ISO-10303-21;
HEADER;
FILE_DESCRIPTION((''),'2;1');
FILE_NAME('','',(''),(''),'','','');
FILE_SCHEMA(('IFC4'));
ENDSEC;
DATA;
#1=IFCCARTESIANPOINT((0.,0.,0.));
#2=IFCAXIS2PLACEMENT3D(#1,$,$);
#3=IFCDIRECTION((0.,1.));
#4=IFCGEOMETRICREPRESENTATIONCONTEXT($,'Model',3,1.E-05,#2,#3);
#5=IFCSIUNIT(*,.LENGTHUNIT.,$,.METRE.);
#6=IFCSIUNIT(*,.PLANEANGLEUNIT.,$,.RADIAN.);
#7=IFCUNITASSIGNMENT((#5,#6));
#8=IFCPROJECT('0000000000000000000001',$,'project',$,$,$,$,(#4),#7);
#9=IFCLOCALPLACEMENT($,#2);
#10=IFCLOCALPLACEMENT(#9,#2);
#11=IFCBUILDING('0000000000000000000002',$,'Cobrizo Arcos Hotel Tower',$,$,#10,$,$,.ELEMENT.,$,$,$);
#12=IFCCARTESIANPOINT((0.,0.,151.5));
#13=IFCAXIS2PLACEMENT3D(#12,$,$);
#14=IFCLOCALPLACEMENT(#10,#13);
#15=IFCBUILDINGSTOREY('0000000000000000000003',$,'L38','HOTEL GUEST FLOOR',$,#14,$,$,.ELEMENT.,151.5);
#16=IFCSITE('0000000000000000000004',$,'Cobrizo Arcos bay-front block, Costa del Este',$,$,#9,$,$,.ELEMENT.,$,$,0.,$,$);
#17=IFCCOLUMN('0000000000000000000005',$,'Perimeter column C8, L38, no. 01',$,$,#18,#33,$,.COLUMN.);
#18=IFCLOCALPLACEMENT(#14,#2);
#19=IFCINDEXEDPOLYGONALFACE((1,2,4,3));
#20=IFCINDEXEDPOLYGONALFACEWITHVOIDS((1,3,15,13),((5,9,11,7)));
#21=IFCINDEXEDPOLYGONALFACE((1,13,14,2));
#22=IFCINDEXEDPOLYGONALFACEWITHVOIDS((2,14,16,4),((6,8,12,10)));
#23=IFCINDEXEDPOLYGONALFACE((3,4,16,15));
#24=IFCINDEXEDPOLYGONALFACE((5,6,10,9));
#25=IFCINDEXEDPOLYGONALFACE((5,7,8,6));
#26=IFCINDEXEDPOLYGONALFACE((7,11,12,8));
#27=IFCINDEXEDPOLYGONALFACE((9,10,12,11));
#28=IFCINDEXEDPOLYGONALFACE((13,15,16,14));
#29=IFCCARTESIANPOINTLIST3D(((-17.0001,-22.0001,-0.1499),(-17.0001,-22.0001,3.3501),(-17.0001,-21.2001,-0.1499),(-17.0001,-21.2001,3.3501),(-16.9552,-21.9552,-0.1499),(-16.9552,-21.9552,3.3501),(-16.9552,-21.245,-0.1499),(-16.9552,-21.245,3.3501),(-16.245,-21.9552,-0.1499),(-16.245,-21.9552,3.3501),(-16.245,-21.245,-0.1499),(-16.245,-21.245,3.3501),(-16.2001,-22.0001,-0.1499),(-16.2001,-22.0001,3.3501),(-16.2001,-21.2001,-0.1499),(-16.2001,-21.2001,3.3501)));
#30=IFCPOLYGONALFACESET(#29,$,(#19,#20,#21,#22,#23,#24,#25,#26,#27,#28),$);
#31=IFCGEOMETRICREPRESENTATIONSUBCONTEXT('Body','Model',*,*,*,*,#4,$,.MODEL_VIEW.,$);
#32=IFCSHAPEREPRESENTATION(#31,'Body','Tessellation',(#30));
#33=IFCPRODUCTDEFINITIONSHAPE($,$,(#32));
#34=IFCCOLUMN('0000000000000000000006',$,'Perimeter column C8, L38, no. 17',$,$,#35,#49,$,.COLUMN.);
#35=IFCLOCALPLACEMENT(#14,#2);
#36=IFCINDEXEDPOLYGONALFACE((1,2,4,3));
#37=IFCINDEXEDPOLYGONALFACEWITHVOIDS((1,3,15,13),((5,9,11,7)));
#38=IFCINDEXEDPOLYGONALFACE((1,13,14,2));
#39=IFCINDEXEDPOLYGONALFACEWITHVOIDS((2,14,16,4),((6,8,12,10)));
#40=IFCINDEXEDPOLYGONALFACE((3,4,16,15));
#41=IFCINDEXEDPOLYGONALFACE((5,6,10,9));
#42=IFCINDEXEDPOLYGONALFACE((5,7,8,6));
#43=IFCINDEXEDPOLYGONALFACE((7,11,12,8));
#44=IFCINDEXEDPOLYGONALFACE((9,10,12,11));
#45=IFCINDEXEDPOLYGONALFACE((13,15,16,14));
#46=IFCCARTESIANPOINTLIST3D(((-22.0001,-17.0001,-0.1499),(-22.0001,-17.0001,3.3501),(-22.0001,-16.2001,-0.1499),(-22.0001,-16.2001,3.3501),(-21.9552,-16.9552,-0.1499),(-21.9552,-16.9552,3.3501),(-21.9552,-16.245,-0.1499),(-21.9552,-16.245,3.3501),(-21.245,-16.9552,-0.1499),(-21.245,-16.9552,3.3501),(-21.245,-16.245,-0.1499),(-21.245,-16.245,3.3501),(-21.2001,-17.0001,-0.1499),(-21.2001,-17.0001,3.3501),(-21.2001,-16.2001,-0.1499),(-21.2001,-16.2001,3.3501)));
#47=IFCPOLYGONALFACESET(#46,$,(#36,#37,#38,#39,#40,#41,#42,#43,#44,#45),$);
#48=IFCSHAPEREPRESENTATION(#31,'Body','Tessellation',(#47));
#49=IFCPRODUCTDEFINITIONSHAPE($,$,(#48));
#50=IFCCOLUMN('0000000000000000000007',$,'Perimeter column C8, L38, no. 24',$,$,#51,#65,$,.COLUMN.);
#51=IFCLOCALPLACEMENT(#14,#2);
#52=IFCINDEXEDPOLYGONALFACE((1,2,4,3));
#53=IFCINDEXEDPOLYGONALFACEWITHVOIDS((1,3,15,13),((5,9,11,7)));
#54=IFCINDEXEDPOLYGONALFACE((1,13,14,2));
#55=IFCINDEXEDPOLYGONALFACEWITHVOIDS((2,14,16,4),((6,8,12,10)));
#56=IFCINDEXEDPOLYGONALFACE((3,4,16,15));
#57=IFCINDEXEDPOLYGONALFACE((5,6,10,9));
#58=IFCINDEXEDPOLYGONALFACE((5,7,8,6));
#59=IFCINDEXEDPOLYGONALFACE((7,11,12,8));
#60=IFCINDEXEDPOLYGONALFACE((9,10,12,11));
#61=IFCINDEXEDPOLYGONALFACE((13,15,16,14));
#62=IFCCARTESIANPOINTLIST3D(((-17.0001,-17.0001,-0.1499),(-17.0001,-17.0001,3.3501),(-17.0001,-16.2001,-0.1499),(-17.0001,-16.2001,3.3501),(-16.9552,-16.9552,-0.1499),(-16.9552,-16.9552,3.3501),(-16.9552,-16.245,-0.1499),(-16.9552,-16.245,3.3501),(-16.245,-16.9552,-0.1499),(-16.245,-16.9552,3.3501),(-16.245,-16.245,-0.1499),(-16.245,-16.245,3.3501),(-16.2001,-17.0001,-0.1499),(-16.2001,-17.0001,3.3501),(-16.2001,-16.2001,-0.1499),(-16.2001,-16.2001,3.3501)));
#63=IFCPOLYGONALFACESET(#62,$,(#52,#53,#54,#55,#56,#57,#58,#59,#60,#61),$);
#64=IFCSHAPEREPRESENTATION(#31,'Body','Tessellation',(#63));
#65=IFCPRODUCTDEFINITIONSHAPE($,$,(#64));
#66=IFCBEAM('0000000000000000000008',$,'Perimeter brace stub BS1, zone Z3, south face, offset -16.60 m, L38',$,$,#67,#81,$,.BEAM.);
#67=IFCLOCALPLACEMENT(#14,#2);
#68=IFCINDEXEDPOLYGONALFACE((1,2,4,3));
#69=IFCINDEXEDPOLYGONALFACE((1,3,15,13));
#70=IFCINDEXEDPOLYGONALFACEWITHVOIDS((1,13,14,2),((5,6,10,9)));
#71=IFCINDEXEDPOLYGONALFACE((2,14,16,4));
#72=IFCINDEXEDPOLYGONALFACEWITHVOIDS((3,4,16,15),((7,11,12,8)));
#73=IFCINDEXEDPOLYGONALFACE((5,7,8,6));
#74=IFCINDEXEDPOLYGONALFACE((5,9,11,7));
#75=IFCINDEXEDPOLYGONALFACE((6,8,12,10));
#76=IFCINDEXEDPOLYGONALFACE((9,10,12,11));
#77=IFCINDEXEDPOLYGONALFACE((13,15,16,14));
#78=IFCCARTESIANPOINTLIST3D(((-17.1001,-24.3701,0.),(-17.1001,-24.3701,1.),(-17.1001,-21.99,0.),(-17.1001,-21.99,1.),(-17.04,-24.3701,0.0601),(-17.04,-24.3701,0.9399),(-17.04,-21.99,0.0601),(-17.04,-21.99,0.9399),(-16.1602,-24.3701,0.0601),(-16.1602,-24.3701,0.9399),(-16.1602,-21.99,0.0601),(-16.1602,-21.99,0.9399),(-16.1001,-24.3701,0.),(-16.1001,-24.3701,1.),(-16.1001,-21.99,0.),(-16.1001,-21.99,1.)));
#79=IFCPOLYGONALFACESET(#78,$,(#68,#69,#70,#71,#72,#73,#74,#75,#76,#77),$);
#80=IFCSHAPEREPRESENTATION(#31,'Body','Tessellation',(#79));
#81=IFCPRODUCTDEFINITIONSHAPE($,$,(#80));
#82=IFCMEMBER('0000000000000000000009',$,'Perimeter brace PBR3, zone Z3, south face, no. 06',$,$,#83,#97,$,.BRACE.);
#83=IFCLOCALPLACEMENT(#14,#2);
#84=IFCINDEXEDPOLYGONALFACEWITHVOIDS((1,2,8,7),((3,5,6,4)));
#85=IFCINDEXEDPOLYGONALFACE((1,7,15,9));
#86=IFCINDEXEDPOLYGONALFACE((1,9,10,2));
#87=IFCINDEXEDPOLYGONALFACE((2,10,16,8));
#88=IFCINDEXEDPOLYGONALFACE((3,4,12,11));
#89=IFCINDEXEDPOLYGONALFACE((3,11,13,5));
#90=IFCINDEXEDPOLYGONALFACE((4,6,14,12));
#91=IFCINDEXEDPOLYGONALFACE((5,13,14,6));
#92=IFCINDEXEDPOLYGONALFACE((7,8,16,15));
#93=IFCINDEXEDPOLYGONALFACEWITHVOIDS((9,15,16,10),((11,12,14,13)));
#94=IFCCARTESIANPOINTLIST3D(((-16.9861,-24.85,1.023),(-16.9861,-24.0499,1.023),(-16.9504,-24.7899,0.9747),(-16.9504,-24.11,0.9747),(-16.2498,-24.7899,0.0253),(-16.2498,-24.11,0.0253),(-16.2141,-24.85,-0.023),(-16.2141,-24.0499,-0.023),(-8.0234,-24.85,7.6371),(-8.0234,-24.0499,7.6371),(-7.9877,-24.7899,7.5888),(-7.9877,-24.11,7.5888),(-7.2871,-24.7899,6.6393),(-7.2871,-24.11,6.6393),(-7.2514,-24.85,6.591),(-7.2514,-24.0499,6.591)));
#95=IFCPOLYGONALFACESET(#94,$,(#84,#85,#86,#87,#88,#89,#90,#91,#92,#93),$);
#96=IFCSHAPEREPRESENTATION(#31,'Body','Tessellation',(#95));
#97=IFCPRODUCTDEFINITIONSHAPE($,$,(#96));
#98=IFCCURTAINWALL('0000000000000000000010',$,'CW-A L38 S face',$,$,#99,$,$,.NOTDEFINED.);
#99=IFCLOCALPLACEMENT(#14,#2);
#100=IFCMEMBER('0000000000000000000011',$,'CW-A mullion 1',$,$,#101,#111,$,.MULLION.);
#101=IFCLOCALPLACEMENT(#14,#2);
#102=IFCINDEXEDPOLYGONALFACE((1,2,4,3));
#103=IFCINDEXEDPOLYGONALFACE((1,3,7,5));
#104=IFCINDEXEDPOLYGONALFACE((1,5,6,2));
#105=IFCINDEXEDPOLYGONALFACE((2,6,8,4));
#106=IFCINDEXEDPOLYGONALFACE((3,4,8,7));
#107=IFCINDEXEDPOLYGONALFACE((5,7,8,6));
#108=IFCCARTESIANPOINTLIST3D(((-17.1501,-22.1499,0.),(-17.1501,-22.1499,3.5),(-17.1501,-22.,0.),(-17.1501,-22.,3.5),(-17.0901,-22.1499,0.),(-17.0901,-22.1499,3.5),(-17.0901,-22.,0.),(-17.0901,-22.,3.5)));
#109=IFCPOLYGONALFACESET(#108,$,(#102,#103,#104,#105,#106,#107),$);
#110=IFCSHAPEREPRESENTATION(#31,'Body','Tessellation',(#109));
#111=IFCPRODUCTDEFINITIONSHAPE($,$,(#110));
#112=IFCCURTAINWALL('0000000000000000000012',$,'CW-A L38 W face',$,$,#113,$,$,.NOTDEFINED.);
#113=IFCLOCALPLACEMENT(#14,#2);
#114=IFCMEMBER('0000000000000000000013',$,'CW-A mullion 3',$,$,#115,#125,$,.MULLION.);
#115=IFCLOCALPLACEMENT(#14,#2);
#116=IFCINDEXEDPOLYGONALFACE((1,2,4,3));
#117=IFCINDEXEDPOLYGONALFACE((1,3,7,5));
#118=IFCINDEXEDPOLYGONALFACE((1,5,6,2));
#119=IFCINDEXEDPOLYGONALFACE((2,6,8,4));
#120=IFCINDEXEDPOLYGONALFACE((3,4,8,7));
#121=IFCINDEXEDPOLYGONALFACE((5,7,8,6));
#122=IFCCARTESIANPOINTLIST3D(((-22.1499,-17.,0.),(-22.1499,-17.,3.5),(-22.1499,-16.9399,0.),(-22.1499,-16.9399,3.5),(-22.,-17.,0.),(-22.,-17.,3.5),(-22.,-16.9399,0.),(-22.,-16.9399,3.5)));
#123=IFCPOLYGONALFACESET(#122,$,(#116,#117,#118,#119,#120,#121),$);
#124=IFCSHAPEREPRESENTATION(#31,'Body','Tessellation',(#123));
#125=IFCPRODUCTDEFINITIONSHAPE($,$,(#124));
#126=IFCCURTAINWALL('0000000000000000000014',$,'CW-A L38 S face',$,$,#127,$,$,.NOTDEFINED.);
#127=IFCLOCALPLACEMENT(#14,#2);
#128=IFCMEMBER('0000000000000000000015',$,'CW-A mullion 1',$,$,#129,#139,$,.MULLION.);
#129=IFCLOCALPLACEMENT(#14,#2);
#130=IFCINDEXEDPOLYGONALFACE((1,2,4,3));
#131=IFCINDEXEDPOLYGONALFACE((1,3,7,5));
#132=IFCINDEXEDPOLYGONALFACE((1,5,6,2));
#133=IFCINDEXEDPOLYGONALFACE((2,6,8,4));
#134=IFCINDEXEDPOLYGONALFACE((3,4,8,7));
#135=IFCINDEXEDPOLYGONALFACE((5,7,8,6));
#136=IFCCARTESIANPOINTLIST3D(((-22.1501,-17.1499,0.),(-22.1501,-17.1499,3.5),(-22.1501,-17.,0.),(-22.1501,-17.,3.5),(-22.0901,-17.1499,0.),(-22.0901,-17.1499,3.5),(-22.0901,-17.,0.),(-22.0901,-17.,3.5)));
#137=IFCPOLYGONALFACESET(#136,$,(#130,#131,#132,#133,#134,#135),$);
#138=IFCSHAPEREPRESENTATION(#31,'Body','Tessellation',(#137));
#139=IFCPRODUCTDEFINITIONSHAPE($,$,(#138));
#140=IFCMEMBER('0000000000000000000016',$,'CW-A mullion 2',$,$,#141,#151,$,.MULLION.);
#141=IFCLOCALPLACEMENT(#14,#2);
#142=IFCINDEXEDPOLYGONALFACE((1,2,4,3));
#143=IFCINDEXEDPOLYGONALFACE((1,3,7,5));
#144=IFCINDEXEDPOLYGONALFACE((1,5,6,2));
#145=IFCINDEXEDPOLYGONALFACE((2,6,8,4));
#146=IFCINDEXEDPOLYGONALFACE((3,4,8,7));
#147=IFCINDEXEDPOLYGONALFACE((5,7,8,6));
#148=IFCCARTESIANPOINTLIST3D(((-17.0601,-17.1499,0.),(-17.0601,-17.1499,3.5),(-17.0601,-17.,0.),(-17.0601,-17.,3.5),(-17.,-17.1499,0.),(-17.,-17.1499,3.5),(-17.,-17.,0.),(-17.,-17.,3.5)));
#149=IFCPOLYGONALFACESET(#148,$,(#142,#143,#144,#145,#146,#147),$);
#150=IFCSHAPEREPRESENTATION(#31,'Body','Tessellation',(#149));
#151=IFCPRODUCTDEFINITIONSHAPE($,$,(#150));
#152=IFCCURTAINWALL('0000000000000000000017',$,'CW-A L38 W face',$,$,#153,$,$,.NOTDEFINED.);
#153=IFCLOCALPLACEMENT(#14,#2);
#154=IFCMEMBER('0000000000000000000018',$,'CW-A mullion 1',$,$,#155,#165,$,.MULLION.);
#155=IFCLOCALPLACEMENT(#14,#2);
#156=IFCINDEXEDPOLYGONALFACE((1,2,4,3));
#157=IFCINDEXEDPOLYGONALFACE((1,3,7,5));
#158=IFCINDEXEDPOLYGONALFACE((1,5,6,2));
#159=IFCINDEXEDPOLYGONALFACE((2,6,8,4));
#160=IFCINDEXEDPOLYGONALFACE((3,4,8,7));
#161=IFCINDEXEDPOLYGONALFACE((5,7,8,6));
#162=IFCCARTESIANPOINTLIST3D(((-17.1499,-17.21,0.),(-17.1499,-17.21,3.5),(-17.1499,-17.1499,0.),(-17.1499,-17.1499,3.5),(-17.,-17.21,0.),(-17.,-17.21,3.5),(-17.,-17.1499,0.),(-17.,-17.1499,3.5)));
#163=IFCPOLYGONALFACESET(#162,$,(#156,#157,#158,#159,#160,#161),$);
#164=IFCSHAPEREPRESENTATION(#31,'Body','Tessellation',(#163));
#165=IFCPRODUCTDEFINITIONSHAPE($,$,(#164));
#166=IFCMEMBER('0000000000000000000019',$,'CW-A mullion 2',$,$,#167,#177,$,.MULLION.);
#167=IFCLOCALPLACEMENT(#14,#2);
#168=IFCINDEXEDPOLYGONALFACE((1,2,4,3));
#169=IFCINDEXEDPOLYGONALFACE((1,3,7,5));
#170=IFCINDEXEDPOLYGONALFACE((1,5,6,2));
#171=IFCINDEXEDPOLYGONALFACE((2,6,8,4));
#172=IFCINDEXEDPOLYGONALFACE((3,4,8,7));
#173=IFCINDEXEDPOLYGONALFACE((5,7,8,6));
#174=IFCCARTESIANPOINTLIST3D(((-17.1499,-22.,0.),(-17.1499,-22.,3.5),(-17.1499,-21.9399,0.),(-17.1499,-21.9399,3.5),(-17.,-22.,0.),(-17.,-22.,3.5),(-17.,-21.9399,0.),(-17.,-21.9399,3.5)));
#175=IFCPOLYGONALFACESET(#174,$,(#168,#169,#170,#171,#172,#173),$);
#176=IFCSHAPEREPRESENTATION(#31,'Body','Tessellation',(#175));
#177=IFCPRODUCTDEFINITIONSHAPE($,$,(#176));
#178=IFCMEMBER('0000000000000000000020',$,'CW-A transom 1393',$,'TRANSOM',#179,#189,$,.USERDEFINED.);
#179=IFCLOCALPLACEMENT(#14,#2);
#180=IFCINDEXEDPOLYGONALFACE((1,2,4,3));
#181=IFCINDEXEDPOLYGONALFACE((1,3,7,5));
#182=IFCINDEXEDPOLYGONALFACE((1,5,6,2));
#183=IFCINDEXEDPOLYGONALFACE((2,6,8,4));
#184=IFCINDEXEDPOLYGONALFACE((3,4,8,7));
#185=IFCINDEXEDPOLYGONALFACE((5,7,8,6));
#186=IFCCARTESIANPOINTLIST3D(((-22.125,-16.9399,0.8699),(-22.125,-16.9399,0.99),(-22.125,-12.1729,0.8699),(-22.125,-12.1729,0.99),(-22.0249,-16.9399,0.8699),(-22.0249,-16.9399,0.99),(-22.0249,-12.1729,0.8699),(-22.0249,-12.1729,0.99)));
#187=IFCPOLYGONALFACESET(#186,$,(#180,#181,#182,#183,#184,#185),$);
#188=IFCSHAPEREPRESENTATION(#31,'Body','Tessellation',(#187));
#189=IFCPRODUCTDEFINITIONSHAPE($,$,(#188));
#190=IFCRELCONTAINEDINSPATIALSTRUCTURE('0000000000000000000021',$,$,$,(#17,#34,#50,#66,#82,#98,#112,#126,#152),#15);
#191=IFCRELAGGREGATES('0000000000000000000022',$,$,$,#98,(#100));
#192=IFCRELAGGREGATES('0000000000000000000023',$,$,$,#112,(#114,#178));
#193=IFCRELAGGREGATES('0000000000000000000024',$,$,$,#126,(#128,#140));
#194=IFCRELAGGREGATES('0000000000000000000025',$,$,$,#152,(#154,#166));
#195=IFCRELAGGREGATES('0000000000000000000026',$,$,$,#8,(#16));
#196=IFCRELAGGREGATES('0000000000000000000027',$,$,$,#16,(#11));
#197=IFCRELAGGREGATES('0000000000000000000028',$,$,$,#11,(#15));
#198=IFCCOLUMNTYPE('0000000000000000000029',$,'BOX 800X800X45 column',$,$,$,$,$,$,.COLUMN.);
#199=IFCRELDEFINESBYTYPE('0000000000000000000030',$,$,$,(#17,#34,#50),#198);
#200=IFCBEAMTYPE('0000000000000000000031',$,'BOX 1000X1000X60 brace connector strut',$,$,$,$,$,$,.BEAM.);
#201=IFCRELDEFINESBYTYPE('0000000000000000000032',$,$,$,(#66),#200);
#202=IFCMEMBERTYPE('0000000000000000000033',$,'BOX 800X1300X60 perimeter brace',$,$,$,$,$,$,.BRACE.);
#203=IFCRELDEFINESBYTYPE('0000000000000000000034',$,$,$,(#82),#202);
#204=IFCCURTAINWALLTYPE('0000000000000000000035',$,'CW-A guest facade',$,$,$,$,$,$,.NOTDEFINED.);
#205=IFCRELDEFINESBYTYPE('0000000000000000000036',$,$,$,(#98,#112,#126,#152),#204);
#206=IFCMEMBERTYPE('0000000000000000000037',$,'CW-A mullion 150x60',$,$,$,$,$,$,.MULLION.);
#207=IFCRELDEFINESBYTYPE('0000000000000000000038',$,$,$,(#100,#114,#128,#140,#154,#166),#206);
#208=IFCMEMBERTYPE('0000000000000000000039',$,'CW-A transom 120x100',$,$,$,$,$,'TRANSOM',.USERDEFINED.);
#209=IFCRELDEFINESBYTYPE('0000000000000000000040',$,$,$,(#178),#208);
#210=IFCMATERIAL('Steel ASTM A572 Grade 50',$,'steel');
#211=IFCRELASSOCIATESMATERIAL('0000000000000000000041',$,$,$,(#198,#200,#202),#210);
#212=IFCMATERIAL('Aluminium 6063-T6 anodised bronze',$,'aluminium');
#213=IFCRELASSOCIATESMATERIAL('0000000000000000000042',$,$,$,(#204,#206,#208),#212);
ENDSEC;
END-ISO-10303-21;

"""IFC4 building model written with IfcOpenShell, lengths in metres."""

from ifc_helpers import new_model, si_unit, direction, frame, origin, origin_2d, place, context, subcontext, project, spatial, rectangle, hollow_rectangle, extrude, material, material_profile, profile_set, type_object, element, aggregate, save


model = new_model("IFC4")

# Units and contexts
model_context = context("Model", 3, precision=1e-05, world=origin(), true_north=direction((0.0, 1.0)))
body_context = subcontext(model_context, "Body", "Model", "MODEL_VIEW")
ifc_project = project(units=[si_unit("LENGTHUNIT", "METRE"), si_unit("PLANEANGLEUNIT", "RADIAN")], contexts=[model_context])

# Site, building, storey
site_placement = place(None, origin())
site = spatial("IfcSite", under=ifc_project, at=site_placement, Name="Cobrizo Arcos bay-front block, Costa del Este", CompositionType="ELEMENT", RefElevation=0.0)
building_placement = place(site_placement, origin())
building = spatial("IfcBuilding", under=site, at=building_placement, Name="Cobrizo Arcos Hotel Tower", CompositionType="ELEMENT")
storey_placement = place(building_placement, frame((0.0, 0.0, 151.5)))
storey = spatial("IfcBuildingStorey", under=building, at=storey_placement, Name="L38", Description="HOTEL GUEST FLOOR", CompositionType="ELEMENT", Elevation=151.5)

# Columns
ifc_material_1 = material(Name="Steel ASTM A572 Grade 50", Category="steel")
ifc_material_profile_1 = material_profile(ifc_material_1, hollow_rectangle(XDim=0.8, YDim=0.8, WallThickness=0.0449, at=origin_2d()), Name="BOX 800X800X45")
ifc_profile_set_1 = profile_set([ifc_material_profile_1], Name="Steel ASTM A572 Grade 50")
column_type = type_object("IfcColumnType", Name="BOX 800X800X45 column", PredefinedType="COLUMN", material=ifc_profile_set_1)
for number, where, z_axis, x_axis, name in (
    (1, (-16.6001, -21.6001, -0.1499), (0.0, 0.0, 1.0), (1.0, 0.0, 0.0), "Perimeter column C8, L38, no. 01"),
    (2, (-21.6001, -16.6001, -0.1499), (0.0, 0.0, 1.0), (1.0, 0.0, 0.0), "Perimeter column C8, L38, no. 17"),
    (3, (-16.6001, -16.6001, -0.1499), (0.0, 0.0, 1.0), (1.0, 0.0, 0.0), "Perimeter column C8, L38, no. 24"),
):
    element("IfcColumn", number, at=place(storey_placement, frame(where, z_axis=z_axis, x_axis=x_axis)), inside=storey, type_object=column_type, Name=name, PredefinedType="COLUMN", context=body_context, shape_type="SweptSolid", body=[
        extrude(hollow_rectangle(XDim=0.8, YDim=0.8, WallThickness=0.0449, at=origin_2d()), origin(), (0.0, 0.0, 1.0), 3.5),
    ])

# Beam
ifc_material_profile_2 = material_profile(ifc_material_1, hollow_rectangle(XDim=1.0, YDim=1.0, WallThickness=0.0601, at=origin_2d()), Name="BOX 1000X1000X60")
ifc_profile_set_2 = profile_set([ifc_material_profile_2], Name="Steel ASTM A572 Grade 50")
beam_type_1 = type_object("IfcBeamType", Name="BOX 1000X1000X60 brace connector strut", PredefinedType="BEAM", material=ifc_profile_set_2)
beam_1_placement = place(storey_placement, frame((-16.6001, -21.99, 0.5), z_axis=(0.0, -1.0, 0.0), x_axis=(1.0, 0.0, 0.0)))
element("IfcBeam", 4, at=beam_1_placement, inside=storey, type_object=beam_type_1, Name="Perimeter brace stub BS1, zone Z3, south face, offset -16.60 m, L38", PredefinedType="BEAM", context=body_context, shape_type="SweptSolid", body=[
    extrude(hollow_rectangle(XDim=1.0, YDim=1.0, WallThickness=0.0601, at=origin_2d()), origin(), (0.0, 0.0, 1.0), 2.3801),
])

# Member
ifc_material_profile_3 = material_profile(ifc_material_1, hollow_rectangle(XDim=0.8, YDim=1.3, WallThickness=0.0601, at=origin_2d()), Name="BOX 800X1300X60")
ifc_profile_set_3 = profile_set([ifc_material_profile_3], Name="Steel ASTM A572 Grade 50")
member_type_1 = type_object("IfcMemberType", Name="BOX 800X1300X60 perimeter brace", PredefinedType="BRACE", material=ifc_profile_set_3)
member_1_placement = place(storey_placement, frame((-16.6001, -24.45, 0.5), z_axis=(0.804629, 0.0, 0.593778), x_axis=(0.0, 1.0, 0.0)))
element("IfcMember", 5, at=member_1_placement, inside=storey, type_object=member_type_1, Name="Perimeter brace PBR3, zone Z3, south face, no. 06", PredefinedType="BRACE", context=body_context, shape_type="SweptSolid", body=[
    extrude(hollow_rectangle(XDim=0.8, YDim=1.3, WallThickness=0.0601, at=origin_2d()), origin(), (0.0, 0.0, 1.0), 11.1389),
])

# Curtain walls, members
ifc_material_2 = material(Name="Aluminium 6063-T6 anodised bronze", Category="aluminium")
curtain_wall_type = type_object("IfcCurtainWallType", Name="CW-A guest facade", PredefinedType="NOTDEFINED", material=ifc_material_2)
curtain_wall_1_placement = place(storey_placement, origin())
curtain_wall_1 = element("IfcCurtainWall", 6, at=curtain_wall_1_placement, inside=storey, type_object=curtain_wall_type, Name="CW-A L38 S face", PredefinedType="NOTDEFINED")
ifc_material_profile_4 = material_profile(ifc_material_2, rectangle(XDim=0.1499, YDim=0.0601, at=origin_2d()), Name="CW-A mullion 150x60")
ifc_profile_set_4 = profile_set([ifc_material_profile_4], Name="Aluminium 6063-T6 anodised bronze")
member_type_2 = type_object("IfcMemberType", Name="CW-A mullion 150x60", PredefinedType="MULLION", material=ifc_profile_set_4)
member_2_placement = place(storey_placement, frame((-17.1201, -22.075, 0.0), z_axis=(0.0, 0.0, 1.0), x_axis=(0.0, -1.0, 0.0)))
member_2 = element("IfcMember", 7, at=member_2_placement, type_object=member_type_2, Name="CW-A mullion 1", PredefinedType="MULLION", context=body_context, shape_type="SweptSolid", body=[
    extrude(rectangle(XDim=0.1499, YDim=0.0601, at=origin_2d()), origin(), (0.0, 0.0, 1.0), 3.5),
])
aggregate(curtain_wall_1, [member_2])
curtain_wall_2_placement = place(storey_placement, origin())
curtain_wall_2 = element("IfcCurtainWall", 8, at=curtain_wall_2_placement, inside=storey, type_object=curtain_wall_type, Name="CW-A L38 W face", PredefinedType="NOTDEFINED")
member_3_placement = place(storey_placement, frame((-22.075, -16.97, 0.0), z_axis=(0.0, 0.0, 1.0), x_axis=(-1.0, 0.0, 0.0)))
member_3 = element("IfcMember", 9, at=member_3_placement, type_object=member_type_2, Name="CW-A mullion 3", PredefinedType="MULLION", context=body_context, shape_type="SweptSolid", body=[
    extrude(rectangle(XDim=0.1499, YDim=0.0601, at=origin_2d()), origin(), (0.0, 0.0, 1.0), 3.5),
])

# Curtain walls, members
curtain_wall_3_placement = place(storey_placement, origin())
curtain_wall_3 = element("IfcCurtainWall", 10, at=curtain_wall_3_placement, inside=storey, type_object=curtain_wall_type, Name="CW-A L38 S face", PredefinedType="NOTDEFINED")
member_4_placement = place(storey_placement, frame((-22.1201, -17.075, 0.0), z_axis=(0.0, 0.0, 1.0), x_axis=(0.0, -1.0, 0.0)))
member_4 = element("IfcMember", 11, at=member_4_placement, type_object=member_type_2, Name="CW-A mullion 1", PredefinedType="MULLION", context=body_context, shape_type="SweptSolid", body=[
    extrude(rectangle(XDim=0.1499, YDim=0.0601, at=origin_2d()), origin(), (0.0, 0.0, 1.0), 3.5),
])
member_5_placement = place(storey_placement, frame((-17.03, -17.075, 0.0), z_axis=(0.0, 0.0, 1.0), x_axis=(0.0, -1.0, 0.0)))
member_5 = element("IfcMember", 12, at=member_5_placement, type_object=member_type_2, Name="CW-A mullion 2", PredefinedType="MULLION", context=body_context, shape_type="SweptSolid", body=[
    extrude(rectangle(XDim=0.1499, YDim=0.0601, at=origin_2d()), origin(), (0.0, 0.0, 1.0), 3.5),
])
curtain_wall_4_placement = place(storey_placement, origin())
curtain_wall_4 = element("IfcCurtainWall", 13, at=curtain_wall_4_placement, inside=storey, type_object=curtain_wall_type, Name="CW-A L38 W face", PredefinedType="NOTDEFINED")
member_6_placement = place(storey_placement, frame((-17.075, -17.1799, 0.0), z_axis=(0.0, 0.0, 1.0), x_axis=(-1.0, 0.0, 0.0)))
member_6 = element("IfcMember", 14, at=member_6_placement, type_object=member_type_2, Name="CW-A mullion 1", PredefinedType="MULLION", context=body_context, shape_type="SweptSolid", body=[
    extrude(rectangle(XDim=0.1499, YDim=0.0601, at=origin_2d()), origin(), (0.0, 0.0, 1.0), 3.5),
])
member_7_placement = place(storey_placement, frame((-17.075, -21.97, 0.0), z_axis=(0.0, 0.0, 1.0), x_axis=(-1.0, 0.0, 0.0)))
member_7 = element("IfcMember", 15, at=member_7_placement, type_object=member_type_2, Name="CW-A mullion 2", PredefinedType="MULLION", context=body_context, shape_type="SweptSolid", body=[
    extrude(rectangle(XDim=0.1499, YDim=0.0601, at=origin_2d()), origin(), (0.0, 0.0, 1.0), 3.5),
])

# Member
ifc_material_profile_5 = material_profile(ifc_material_2, rectangle(XDim=0.1001, YDim=0.1201, at=origin_2d()), Name="CW-A transom 120x100")
ifc_profile_set_5 = profile_set([ifc_material_profile_5], Name="Aluminium 6063-T6 anodised bronze")
member_type_3 = type_object("IfcMemberType", Name="CW-A transom 120x100", ElementType="TRANSOM", PredefinedType="USERDEFINED", material=ifc_profile_set_5)
member_8_placement = place(storey_placement, frame((-22.075, -12.1729, 0.9299), z_axis=(0.0, -1.0, 0.0), x_axis=(1.0, 0.0, 0.0)))
member_8 = element("IfcMember", 16, at=member_8_placement, type_object=member_type_3, Name="CW-A transom 1393", ObjectType="TRANSOM", PredefinedType="USERDEFINED", context=body_context, shape_type="SweptSolid", body=[
    extrude(rectangle(XDim=0.1001, YDim=0.1201, at=origin_2d()), origin(), (0.0, 0.0, 1.0), 4.7671),
])

aggregate(curtain_wall_2, [member_3, member_8])
aggregate(curtain_wall_3, [member_4, member_5])
aggregate(curtain_wall_4, [member_6, member_7])

save(model, "model.ifc")
